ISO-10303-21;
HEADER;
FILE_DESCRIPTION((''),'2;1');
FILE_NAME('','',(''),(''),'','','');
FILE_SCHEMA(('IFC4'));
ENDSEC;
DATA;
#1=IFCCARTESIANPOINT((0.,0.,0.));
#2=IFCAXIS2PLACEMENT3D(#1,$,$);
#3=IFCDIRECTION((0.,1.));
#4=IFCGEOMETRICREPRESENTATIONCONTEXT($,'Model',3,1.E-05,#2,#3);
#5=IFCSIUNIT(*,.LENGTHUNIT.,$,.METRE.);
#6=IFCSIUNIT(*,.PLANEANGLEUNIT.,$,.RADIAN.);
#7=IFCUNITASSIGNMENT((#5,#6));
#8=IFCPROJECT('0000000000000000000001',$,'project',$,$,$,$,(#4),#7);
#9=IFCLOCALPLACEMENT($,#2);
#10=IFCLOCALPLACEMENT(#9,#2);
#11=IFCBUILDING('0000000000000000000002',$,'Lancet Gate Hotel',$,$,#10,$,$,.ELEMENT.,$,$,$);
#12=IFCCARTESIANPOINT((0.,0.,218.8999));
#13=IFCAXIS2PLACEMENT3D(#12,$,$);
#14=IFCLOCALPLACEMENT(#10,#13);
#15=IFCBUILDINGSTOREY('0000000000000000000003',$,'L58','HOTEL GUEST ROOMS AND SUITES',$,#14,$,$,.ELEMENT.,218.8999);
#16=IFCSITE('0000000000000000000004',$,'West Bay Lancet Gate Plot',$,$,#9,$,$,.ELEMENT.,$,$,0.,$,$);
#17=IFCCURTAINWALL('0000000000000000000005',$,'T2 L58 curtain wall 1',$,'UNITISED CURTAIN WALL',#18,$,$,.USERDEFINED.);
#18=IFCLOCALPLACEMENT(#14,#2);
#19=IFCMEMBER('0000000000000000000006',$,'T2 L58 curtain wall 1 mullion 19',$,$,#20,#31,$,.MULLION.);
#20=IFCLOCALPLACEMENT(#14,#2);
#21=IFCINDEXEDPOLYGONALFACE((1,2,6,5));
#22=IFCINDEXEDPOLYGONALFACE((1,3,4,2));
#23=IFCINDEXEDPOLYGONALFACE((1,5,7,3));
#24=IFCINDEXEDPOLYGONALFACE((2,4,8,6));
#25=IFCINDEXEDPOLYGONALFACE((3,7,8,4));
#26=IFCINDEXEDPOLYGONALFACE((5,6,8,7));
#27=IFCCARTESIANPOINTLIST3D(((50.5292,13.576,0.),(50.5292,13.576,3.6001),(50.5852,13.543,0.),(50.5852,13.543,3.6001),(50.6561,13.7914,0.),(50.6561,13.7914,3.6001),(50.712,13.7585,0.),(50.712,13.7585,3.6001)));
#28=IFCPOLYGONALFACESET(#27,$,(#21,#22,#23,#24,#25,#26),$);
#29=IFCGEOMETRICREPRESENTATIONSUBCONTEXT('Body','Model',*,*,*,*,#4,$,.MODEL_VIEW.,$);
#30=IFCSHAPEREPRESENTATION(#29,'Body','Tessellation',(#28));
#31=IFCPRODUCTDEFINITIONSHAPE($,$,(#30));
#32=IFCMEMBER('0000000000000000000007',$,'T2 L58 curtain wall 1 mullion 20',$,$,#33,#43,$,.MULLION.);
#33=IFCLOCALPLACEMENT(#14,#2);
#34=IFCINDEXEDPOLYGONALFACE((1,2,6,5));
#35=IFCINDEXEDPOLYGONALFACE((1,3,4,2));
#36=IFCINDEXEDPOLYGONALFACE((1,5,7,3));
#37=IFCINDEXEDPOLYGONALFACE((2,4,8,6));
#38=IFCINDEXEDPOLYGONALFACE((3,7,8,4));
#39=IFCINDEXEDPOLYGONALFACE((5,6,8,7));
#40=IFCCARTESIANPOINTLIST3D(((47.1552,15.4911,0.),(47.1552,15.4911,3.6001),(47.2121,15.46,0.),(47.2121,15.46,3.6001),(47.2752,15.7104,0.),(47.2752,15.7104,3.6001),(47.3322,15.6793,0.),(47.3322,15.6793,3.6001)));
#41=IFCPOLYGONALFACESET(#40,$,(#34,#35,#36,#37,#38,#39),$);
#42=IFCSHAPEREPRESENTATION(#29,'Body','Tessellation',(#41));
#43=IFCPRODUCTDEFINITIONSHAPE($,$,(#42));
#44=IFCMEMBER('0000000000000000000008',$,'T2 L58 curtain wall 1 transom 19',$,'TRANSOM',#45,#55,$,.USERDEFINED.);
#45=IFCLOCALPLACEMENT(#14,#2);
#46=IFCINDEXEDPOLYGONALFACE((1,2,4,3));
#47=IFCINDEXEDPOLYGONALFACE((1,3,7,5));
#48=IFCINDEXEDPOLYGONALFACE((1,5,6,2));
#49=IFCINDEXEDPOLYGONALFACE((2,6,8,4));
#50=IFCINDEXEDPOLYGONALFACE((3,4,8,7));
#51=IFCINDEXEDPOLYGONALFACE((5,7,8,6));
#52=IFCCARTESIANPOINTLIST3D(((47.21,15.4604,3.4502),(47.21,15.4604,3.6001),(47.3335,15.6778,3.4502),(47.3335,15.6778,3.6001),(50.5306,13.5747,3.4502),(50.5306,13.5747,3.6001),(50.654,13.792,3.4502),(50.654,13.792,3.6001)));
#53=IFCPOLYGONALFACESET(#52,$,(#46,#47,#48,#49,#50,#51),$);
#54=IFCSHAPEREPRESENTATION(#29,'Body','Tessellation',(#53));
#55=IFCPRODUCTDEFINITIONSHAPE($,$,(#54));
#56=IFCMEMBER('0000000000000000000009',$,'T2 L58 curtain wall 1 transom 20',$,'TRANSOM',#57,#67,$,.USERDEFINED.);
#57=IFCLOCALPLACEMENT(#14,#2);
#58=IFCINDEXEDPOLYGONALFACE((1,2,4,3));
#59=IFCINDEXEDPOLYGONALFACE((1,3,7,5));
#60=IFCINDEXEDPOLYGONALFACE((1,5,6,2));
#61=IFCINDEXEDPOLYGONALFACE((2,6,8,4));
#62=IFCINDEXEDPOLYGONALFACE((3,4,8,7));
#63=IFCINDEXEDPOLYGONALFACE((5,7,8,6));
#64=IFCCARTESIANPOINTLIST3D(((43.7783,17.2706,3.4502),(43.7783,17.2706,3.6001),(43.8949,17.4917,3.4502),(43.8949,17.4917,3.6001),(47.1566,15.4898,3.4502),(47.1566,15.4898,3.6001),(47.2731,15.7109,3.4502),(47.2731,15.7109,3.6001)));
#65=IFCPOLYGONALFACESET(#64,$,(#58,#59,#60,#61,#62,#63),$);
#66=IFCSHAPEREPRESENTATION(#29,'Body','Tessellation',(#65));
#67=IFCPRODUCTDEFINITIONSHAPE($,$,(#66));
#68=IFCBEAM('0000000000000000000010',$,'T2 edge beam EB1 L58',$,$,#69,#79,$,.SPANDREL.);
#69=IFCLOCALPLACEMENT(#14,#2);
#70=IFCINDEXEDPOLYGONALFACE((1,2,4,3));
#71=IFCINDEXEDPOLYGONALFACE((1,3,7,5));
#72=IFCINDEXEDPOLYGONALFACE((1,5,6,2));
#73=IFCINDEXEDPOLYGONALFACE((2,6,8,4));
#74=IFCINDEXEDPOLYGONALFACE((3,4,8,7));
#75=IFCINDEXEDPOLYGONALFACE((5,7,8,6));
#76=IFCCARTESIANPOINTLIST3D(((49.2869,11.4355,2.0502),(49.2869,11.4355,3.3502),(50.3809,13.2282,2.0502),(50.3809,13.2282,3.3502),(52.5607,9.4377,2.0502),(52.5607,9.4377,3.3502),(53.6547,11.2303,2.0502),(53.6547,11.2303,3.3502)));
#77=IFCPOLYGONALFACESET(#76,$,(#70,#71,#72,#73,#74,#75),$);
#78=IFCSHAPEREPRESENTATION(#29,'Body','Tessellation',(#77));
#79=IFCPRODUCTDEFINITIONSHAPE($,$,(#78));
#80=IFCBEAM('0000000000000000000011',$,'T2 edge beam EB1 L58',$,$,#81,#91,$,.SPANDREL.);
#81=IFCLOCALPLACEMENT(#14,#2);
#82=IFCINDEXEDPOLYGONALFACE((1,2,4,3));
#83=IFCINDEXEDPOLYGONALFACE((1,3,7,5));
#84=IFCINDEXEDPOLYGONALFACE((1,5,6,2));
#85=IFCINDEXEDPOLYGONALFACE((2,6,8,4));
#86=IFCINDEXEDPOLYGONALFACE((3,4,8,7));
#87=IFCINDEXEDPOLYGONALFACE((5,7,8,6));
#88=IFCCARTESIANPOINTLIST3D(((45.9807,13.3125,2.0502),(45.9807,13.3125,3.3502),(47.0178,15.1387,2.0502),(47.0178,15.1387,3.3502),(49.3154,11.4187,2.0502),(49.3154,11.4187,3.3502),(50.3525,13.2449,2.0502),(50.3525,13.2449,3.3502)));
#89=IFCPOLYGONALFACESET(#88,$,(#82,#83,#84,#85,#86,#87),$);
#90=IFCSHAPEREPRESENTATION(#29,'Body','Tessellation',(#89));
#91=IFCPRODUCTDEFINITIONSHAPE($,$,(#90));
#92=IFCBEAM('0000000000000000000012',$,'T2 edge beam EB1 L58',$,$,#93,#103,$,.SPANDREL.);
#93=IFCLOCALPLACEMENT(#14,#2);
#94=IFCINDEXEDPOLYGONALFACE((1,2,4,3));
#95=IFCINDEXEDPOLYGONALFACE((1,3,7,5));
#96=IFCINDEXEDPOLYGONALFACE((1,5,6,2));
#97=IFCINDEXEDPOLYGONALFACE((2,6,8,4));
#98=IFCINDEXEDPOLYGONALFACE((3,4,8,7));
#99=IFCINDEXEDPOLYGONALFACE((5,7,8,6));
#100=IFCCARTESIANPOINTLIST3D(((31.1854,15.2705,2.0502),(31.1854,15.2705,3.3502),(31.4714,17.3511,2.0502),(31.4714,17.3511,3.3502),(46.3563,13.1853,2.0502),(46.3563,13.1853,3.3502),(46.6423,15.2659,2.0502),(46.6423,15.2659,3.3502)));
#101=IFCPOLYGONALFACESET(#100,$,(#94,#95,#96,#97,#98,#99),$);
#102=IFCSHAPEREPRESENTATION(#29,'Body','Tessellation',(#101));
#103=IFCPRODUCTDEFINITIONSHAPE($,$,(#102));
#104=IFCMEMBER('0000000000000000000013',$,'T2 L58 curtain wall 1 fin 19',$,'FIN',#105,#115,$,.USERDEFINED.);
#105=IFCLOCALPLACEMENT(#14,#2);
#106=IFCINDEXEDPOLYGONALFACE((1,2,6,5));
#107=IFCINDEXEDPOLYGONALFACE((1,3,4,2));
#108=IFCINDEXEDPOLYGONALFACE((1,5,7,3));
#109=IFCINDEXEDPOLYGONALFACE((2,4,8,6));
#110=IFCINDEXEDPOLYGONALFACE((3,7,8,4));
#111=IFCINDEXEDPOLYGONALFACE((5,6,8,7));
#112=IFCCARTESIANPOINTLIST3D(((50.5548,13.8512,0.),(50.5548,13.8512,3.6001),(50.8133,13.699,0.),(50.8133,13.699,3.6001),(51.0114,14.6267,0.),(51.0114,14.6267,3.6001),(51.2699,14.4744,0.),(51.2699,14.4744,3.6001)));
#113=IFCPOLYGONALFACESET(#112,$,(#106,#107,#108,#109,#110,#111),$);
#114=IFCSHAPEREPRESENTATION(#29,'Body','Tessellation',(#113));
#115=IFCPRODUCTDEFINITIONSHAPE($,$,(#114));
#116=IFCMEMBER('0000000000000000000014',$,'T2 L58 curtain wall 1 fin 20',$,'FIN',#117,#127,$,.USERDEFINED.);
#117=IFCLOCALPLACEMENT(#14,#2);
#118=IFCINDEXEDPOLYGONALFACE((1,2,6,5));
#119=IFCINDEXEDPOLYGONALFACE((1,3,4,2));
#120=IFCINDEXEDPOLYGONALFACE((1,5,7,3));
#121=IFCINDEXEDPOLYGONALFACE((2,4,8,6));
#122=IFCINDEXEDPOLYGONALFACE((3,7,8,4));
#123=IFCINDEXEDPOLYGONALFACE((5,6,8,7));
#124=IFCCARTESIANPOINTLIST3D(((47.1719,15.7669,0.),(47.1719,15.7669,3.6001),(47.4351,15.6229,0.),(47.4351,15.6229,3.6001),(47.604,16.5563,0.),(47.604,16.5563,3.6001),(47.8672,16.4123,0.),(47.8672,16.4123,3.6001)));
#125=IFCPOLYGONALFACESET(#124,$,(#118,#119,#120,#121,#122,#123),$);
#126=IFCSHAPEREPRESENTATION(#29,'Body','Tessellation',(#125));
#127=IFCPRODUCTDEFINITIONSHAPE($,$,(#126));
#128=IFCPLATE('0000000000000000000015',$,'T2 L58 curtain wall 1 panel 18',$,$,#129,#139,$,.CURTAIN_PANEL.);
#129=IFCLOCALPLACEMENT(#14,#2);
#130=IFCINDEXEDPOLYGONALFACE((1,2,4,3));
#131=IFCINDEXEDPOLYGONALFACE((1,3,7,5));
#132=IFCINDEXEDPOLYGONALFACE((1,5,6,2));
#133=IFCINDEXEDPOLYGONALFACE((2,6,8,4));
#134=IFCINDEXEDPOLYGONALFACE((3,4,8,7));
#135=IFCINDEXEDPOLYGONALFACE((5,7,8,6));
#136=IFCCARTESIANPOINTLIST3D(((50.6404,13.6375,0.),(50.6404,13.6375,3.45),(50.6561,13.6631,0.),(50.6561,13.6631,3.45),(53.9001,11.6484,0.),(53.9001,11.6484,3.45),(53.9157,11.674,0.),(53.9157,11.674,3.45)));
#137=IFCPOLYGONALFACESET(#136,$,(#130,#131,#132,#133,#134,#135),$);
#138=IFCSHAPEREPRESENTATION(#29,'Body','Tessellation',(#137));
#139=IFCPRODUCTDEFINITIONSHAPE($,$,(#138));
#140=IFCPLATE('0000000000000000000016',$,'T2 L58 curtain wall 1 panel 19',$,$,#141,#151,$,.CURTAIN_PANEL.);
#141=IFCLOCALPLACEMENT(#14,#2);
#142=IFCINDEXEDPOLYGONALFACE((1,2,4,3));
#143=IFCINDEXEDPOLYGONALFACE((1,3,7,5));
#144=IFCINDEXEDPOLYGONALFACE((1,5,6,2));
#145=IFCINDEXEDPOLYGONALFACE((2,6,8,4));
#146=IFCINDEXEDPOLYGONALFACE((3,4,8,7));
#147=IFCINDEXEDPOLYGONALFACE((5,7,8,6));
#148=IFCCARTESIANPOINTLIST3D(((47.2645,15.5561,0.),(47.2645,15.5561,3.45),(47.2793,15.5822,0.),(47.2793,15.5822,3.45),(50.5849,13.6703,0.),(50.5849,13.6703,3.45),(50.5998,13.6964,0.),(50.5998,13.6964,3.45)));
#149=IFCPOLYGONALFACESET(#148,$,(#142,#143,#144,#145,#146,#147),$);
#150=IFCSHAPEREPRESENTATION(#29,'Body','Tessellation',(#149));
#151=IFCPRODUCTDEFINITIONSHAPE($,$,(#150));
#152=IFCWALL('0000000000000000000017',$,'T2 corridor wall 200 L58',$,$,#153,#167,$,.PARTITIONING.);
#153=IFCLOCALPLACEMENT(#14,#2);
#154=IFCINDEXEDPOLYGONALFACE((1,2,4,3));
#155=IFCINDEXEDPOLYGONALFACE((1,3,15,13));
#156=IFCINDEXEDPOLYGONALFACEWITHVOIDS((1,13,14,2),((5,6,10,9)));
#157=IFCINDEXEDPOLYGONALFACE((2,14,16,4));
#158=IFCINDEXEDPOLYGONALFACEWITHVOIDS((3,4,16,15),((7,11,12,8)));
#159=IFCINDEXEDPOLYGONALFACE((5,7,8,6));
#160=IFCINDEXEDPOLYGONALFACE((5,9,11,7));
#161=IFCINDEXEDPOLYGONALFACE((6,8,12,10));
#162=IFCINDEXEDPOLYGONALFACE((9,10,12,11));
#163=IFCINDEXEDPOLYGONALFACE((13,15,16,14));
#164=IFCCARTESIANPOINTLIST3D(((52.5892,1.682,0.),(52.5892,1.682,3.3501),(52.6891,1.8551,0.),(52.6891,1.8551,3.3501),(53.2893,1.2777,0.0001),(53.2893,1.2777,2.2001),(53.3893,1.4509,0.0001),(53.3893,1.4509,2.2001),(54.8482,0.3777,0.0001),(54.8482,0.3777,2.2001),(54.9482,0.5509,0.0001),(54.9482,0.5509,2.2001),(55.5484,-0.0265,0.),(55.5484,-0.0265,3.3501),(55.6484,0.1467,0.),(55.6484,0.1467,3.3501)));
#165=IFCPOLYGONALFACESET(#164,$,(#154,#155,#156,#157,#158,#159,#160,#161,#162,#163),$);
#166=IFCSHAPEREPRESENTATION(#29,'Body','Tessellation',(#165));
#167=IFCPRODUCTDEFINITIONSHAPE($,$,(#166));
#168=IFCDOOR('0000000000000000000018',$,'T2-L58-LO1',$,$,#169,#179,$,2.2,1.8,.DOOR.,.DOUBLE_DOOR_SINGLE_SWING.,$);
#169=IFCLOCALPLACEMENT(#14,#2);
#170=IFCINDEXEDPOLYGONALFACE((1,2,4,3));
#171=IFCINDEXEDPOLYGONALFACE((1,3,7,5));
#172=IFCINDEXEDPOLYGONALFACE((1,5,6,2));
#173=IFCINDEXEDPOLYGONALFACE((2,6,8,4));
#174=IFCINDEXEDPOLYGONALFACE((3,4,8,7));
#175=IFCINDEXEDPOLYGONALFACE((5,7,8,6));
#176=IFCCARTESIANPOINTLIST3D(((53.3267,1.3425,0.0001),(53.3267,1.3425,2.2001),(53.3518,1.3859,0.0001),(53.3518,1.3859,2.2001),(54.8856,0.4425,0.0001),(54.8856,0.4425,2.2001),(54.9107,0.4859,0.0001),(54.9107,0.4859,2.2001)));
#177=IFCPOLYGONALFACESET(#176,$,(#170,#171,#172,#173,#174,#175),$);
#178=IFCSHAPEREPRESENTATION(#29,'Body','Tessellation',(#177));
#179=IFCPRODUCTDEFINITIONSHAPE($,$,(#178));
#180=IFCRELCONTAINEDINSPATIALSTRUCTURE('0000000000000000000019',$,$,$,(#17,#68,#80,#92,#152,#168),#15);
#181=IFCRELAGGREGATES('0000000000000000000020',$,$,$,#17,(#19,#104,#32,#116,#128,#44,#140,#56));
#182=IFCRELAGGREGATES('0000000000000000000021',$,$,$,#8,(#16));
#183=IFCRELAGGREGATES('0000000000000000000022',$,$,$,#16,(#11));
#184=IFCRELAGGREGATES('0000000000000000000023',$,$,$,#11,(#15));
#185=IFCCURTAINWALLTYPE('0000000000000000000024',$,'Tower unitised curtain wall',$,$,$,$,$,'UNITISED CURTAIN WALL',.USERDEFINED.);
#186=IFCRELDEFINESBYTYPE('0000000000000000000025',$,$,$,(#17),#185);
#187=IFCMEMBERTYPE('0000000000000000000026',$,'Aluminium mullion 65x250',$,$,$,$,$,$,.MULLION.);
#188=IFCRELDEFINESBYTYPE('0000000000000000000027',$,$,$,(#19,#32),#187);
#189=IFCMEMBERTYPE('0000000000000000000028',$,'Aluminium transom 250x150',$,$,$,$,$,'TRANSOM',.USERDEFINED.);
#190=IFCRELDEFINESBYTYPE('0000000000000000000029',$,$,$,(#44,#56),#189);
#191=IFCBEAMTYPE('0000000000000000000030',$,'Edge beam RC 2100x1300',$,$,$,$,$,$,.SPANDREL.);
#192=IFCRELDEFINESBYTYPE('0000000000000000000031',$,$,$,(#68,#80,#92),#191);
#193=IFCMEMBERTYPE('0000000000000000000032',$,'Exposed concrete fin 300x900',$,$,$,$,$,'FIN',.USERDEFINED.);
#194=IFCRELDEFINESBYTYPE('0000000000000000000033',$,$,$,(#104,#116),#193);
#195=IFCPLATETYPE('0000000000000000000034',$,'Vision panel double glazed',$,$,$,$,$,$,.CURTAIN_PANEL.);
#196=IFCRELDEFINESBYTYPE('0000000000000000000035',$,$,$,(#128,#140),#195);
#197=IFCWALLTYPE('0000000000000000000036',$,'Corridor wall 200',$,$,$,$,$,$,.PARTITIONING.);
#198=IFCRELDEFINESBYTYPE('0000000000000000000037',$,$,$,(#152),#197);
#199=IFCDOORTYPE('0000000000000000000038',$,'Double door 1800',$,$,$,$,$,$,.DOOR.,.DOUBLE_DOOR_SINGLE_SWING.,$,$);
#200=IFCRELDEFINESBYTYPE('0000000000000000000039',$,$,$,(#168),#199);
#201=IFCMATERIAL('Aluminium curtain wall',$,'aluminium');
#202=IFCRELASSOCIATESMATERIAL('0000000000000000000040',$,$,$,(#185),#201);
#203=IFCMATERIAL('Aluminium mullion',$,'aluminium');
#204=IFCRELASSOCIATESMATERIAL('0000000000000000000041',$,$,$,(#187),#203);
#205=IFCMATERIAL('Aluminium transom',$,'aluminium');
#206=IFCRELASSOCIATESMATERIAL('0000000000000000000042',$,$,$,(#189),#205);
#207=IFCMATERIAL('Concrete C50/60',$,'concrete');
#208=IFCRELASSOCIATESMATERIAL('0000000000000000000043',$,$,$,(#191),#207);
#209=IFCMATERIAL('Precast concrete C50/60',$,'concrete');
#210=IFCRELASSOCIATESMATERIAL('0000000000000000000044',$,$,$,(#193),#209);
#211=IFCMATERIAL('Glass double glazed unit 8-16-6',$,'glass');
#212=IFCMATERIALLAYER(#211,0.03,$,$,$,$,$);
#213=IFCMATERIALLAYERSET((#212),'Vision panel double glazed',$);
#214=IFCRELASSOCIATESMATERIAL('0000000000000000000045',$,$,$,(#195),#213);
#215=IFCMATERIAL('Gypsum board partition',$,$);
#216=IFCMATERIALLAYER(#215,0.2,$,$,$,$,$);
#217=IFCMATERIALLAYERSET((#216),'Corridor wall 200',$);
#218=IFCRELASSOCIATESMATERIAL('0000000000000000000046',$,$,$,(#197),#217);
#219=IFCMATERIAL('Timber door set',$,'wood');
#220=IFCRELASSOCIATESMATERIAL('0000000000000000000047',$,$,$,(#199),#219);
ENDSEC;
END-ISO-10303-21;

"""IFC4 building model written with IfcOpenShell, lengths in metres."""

from ifc_helpers import new_model, si_unit, direction, frame, frame_2d, origin, origin_2d, place, context, subcontext, project, spatial, rectangle, extrude, material, layer, layer_set, material_profile, profile_set, type_object, element, fill, aggregate, save


model = new_model("IFC4")

# Units and contexts
model_context = context("Model", 3, precision=1e-05, world=origin(), true_north=direction((0.0, 1.0)))
body_context = subcontext(model_context, "Body", "Model", "MODEL_VIEW")
ifc_project = project(units=[si_unit("LENGTHUNIT", "METRE"), si_unit("PLANEANGLEUNIT", "RADIAN")], contexts=[model_context])

# Site, building, storey
site_placement = place(None, origin())
site = spatial("IfcSite", under=ifc_project, at=site_placement, Name="West Bay Lancet Gate Plot", CompositionType="ELEMENT", RefElevation=0.0)
building_placement = place(site_placement, origin())
building = spatial("IfcBuilding", under=site, at=building_placement, Name="Lancet Gate Hotel", CompositionType="ELEMENT")
storey_placement = place(building_placement, frame((0.0, 0.0, 218.8999)))
storey = spatial("IfcBuildingStorey", under=building, at=storey_placement, Name="L58", Description="HOTEL GUEST ROOMS AND SUITES", CompositionType="ELEMENT", Elevation=218.8999)

# Curtain wall, members
ifc_material_1 = material(Name="Aluminium curtain wall", Category="aluminium")
curtain_wall_type = type_object("IfcCurtainWallType", Name="Tower unitised curtain wall", ElementType="UNITISED CURTAIN WALL", PredefinedType="USERDEFINED", material=ifc_material_1)
curtain_wall_placement = place(storey_placement, origin())
curtain_wall = element("IfcCurtainWall", 1, at=curtain_wall_placement, inside=storey, type_object=curtain_wall_type, Name="T2 L58 curtain wall 1", ObjectType="UNITISED CURTAIN WALL", PredefinedType="USERDEFINED")
ifc_material_2 = material(Name="Aluminium mullion", Category="aluminium")
ifc_material_profile_1 = material_profile(ifc_material_2, rectangle(XDim=0.0649, YDim=0.25, at=origin_2d()), Name="MULLION 65x250")
ifc_profile_set_1 = profile_set([ifc_material_profile_1], Name="Aluminium mullion")
member_type_1 = type_object("IfcMemberType", Name="Aluminium mullion 65x250", PredefinedType="MULLION", material=ifc_profile_set_1)
member_1_placement = place(storey_placement, frame((50.6206, 13.6672, 0.0), z_axis=(0.0, 0.0, 1.0), x_axis=(-0.861692, 0.507432, 0.0)))
member_1 = element("IfcMember", 2, at=member_1_placement, type_object=member_type_1, Name="T2 L58 curtain wall 1 mullion 19", PredefinedType="MULLION", context=body_context, shape_type="SweptSolid", body=[
    extrude(rectangle(XDim=0.0649, YDim=0.25, at=origin_2d()), origin(), (0.0, 0.0, 1.0), 3.6001),
])
member_2_placement = place(storey_placement, frame((47.2437, 15.5852, 0.0), z_axis=(0.0, 0.0, 1.0), x_axis=(-0.877195, 0.480135, 0.0)))
member_2 = element("IfcMember", 3, at=member_2_placement, type_object=member_type_1, Name="T2 L58 curtain wall 1 mullion 20", PredefinedType="MULLION", context=body_context, shape_type="SweptSolid", body=[
    extrude(rectangle(XDim=0.0649, YDim=0.25, at=origin_2d()), origin(), (0.0, 0.0, 1.0), 3.6001),
])
ifc_material_3 = material(Name="Aluminium transom", Category="aluminium")
ifc_material_profile_2 = material_profile(ifc_material_3, rectangle(XDim=0.25, YDim=0.1499, at=origin_2d()), Name="TRANSOM 250x150")
ifc_profile_set_2 = profile_set([ifc_material_profile_2], Name="Aluminium transom")
member_type_2 = type_object("IfcMemberType", Name="Aluminium transom 250x150", ElementType="TRANSOM", PredefinedType="USERDEFINED", material=ifc_profile_set_2)
member_3_placement = place(storey_placement, frame((50.5923, 13.6833, 3.5251), z_axis=(-0.869562, 0.493824, 0.0), x_axis=(-0.493824, -0.869562, 0.0)))
member_3 = element("IfcMember", 4, at=member_3_placement, type_object=member_type_2, Name="T2 L58 curtain wall 1 transom 19", ObjectType="TRANSOM", PredefinedType="USERDEFINED", context=body_context, shape_type="SweptSolid", body=[
    extrude(rectangle(XDim=0.25, YDim=0.1499, at=origin_2d()), origin(), (0.0, 0.0, 1.0), 3.8186),
])
member_4_placement = place(storey_placement, frame((47.2148, 15.6003, 3.5251), z_axis=(-0.884618, 0.466315, 0.0), x_axis=(-0.466315, -0.884618, 0.0)))
member_4 = element("IfcMember", 5, at=member_4_placement, type_object=member_type_2, Name="T2 L58 curtain wall 1 transom 20", ObjectType="TRANSOM", PredefinedType="USERDEFINED", context=body_context, shape_type="SweptSolid", body=[
    extrude(rectangle(XDim=0.25, YDim=0.1499, at=origin_2d()), origin(), (0.0, 0.0, 1.0), 3.8188),
])

# Beams
ifc_material_4 = material(Name="Concrete C50/60", Category="concrete")
ifc_material_profile_3 = material_profile(ifc_material_4, rectangle(XDim=2.1001, YDim=1.3, at=origin_2d()), Name="RC 2100x1300")
ifc_profile_set_3 = profile_set([ifc_material_profile_3], Name="Concrete C50/60")
beam_type = type_object("IfcBeamType", Name="Edge beam RC 2100x1300", PredefinedType="SPANDREL", material=ifc_profile_set_3)
beam_1_placement = place(storey_placement, frame((53.1077, 10.334, 2.7002), z_axis=(-0.853604, 0.520922, 0.0), x_axis=(-0.520922, -0.853604, 0.0)))
element("IfcBeam", 6, at=beam_1_placement, inside=storey, type_object=beam_type, Name="T2 edge beam EB1 L58", PredefinedType="SPANDREL", context=body_context, shape_type="SweptSolid", body=[
    extrude(rectangle(XDim=2.1001, YDim=1.3, at=origin_2d()), origin(), (0.0, 0.0, 1.0), 3.8352),
])
beam_2_placement = place(storey_placement, frame((49.834, 12.3318, 2.7002), z_axis=(-0.86956, 0.493827, 0.0), x_axis=(-0.493827, -0.86956, 0.0)))
element("IfcBeam", 7, at=beam_2_placement, inside=storey, type_object=beam_type, Name="T2 edge beam EB1 L58", PredefinedType="SPANDREL", context=body_context, shape_type="SweptSolid", body=[
    extrude(rectangle(XDim=2.1001, YDim=1.3, at=origin_2d()), origin(), (0.0, 0.0, 1.0), 3.835),
])
beam_3_placement = place(storey_placement, frame((46.4993, 14.2256, 2.7002), z_axis=(-0.990686, 0.136167, 0.0), x_axis=(-0.136167, -0.990686, 0.0)))
element("IfcBeam", 8, at=beam_3_placement, inside=storey, type_object=beam_type, Name="T2 edge beam EB1 L58", PredefinedType="SPANDREL", context=body_context, shape_type="SweptSolid", body=[
    extrude(rectangle(XDim=2.1001, YDim=1.3, at=origin_2d()), origin(), (0.0, 0.0, 1.0), 15.3135),
])

# Members
ifc_material_5 = material(Name="Precast concrete C50/60", Category="concrete")
ifc_material_profile_4 = material_profile(ifc_material_5, rectangle(XDim=0.3, YDim=0.8999, at=origin_2d()), Name="FIN 300x900")
ifc_profile_set_4 = profile_set([ifc_material_profile_4], Name="Precast concrete C50/60")
member_type_3 = type_object("IfcMemberType", Name="Exposed concrete fin 300x900", ElementType="FIN", PredefinedType="USERDEFINED", material=ifc_profile_set_4)
member_5_placement = place(storey_placement, frame((50.9124, 14.1628, 0.0), z_axis=(0.0, 0.0, 1.0), x_axis=(-0.861692, 0.507432, 0.0)))
member_5 = element("IfcMember", 9, at=member_5_placement, type_object=member_type_3, Name="T2 L58 curtain wall 1 fin 19", ObjectType="FIN", PredefinedType="USERDEFINED", context=body_context, shape_type="SweptSolid", body=[
    extrude(rectangle(XDim=0.3, YDim=0.8999, at=origin_2d()), origin(), (0.0, 0.0, 1.0), 3.6001),
])
member_6_placement = place(storey_placement, frame((47.5195, 16.0896, 0.0), z_axis=(0.0, 0.0, 1.0), x_axis=(-0.877195, 0.480135, 0.0)))
member_6 = element("IfcMember", 10, at=member_6_placement, type_object=member_type_3, Name="T2 L58 curtain wall 1 fin 20", ObjectType="FIN", PredefinedType="USERDEFINED", context=body_context, shape_type="SweptSolid", body=[
    extrude(rectangle(XDim=0.3, YDim=0.8999, at=origin_2d()), origin(), (0.0, 0.0, 1.0), 3.6001),
])

# Plates
ifc_material_6 = material(Name="Glass double glazed unit 8-16-6", Category="glass")
ifc_layer_1 = layer(ifc_material_6, 0.03)
ifc_layer_set_1 = layer_set([ifc_layer_1], Name="Vision panel double glazed")
plate_type = type_object("IfcPlateType", Name="Vision panel double glazed", PredefinedType="CURTAIN_PANEL", material=ifc_layer_set_1)
plate_1_placement = place(storey_placement, frame((52.2781, 12.6558, 0.0), z_axis=(0.0, 0.0, 1.0), x_axis=(-0.853621, 0.520895, 0.0)))
plate_1 = element("IfcPlate", 11, at=plate_1_placement, type_object=plate_type, Name="T2 L58 curtain wall 1 panel 18", PredefinedType="CURTAIN_PANEL", context=body_context, shape_type="SweptSolid", body=[
    extrude(rectangle(XDim=3.8186, YDim=0.03, at=origin_2d()), origin(), (0.0, 0.0, 1.0), 3.45),
])
plate_2_placement = place(storey_placement, frame((48.9321, 14.6262, 0.0), z_axis=(0.0, 0.0, 1.0), x_axis=(-0.86955, 0.493844, 0.0)))
plate_2 = element("IfcPlate", 12, at=plate_2_placement, type_object=plate_type, Name="T2 L58 curtain wall 1 panel 19", PredefinedType="CURTAIN_PANEL", context=body_context, shape_type="SweptSolid", body=[
    extrude(rectangle(XDim=3.8186, YDim=0.03, at=origin_2d()), origin(), (0.0, 0.0, 1.0), 3.45),
])
aggregate(curtain_wall, [member_1, member_5, member_2, member_6, plate_1, member_3, plate_2, member_4])

# Wall, opening, door
ifc_material_7 = material(Name="Gypsum board partition")
ifc_layer_2 = layer(ifc_material_7, 0.2)
ifc_layer_set_2 = layer_set([ifc_layer_2], Name="Corridor wall 200")
wall_type_1 = type_object("IfcWallType", Name="Corridor wall 200", PredefinedType="PARTITIONING", material=ifc_layer_set_2)
wall_1_placement = place(storey_placement, frame((52.6392, 1.7686, 0.0), z_axis=(0.0, 0.0, 1.0), x_axis=(0.866027, -0.499997, 0.0)))
wall_1 = element("IfcWall", 13, at=wall_1_placement, inside=storey, type_object=wall_type_1, Name="T2 corridor wall 200 L58", PredefinedType="PARTITIONING", context=body_context, shape_type="SweptSolid", body=[
    extrude(rectangle(XDim=3.417, YDim=0.2, at=frame_2d((1.7085, 0.0))), origin(), (0.0, 0.0, 1.0), 3.3501),
])
opening_1_placement = place(wall_1_placement, frame((0.8086, 0.0, 0.0)))
opening_1 = element("IfcOpeningElement", 14, at=opening_1_placement, cuts=wall_1, PredefinedType="OPENING", context=body_context, shape_type="SweptSolid", body=[
    extrude(rectangle(XDim=1.8, YDim=2.2, at=frame_2d((0.8999, 1.1001))), frame((0.0, 0.1099, 0.0), z_axis=(0.0, -1.0, 0.0), x_axis=(1.0, 0.0, 0.0)), (0.0, 0.0, 1.0), 0.22),
])
ifc_material_8 = material(Name="Timber door set", Category="wood")
door_type_1 = type_object("IfcDoorType", Name="Double door 1800", OperationType="DOUBLE_DOOR_SINGLE_SWING", PredefinedType="DOOR", material=ifc_material_8)
door_1_placement = place(opening_1_placement, origin())
door_1 = element("IfcDoor", 15, at=door_1_placement, inside=storey, type_object=door_type_1, Name="T2-L58-LO1", OperationType="DOUBLE_DOOR_SINGLE_SWING", OverallHeight=2.2, OverallWidth=1.8, PredefinedType="DOOR", context=body_context, shape_type="SweptSolid", body=[
    extrude(rectangle(XDim=1.8, YDim=2.2, at=frame_2d((0.8999, 1.1001))), frame((0.0, 0.0249, 0.0), z_axis=(0.0, -1.0, 0.0), x_axis=(1.0, 0.0, 0.0)), (0.0, 0.0, 1.0), 0.05),
])
fill(opening_1, door_1)

save(model, "model.ifc")
